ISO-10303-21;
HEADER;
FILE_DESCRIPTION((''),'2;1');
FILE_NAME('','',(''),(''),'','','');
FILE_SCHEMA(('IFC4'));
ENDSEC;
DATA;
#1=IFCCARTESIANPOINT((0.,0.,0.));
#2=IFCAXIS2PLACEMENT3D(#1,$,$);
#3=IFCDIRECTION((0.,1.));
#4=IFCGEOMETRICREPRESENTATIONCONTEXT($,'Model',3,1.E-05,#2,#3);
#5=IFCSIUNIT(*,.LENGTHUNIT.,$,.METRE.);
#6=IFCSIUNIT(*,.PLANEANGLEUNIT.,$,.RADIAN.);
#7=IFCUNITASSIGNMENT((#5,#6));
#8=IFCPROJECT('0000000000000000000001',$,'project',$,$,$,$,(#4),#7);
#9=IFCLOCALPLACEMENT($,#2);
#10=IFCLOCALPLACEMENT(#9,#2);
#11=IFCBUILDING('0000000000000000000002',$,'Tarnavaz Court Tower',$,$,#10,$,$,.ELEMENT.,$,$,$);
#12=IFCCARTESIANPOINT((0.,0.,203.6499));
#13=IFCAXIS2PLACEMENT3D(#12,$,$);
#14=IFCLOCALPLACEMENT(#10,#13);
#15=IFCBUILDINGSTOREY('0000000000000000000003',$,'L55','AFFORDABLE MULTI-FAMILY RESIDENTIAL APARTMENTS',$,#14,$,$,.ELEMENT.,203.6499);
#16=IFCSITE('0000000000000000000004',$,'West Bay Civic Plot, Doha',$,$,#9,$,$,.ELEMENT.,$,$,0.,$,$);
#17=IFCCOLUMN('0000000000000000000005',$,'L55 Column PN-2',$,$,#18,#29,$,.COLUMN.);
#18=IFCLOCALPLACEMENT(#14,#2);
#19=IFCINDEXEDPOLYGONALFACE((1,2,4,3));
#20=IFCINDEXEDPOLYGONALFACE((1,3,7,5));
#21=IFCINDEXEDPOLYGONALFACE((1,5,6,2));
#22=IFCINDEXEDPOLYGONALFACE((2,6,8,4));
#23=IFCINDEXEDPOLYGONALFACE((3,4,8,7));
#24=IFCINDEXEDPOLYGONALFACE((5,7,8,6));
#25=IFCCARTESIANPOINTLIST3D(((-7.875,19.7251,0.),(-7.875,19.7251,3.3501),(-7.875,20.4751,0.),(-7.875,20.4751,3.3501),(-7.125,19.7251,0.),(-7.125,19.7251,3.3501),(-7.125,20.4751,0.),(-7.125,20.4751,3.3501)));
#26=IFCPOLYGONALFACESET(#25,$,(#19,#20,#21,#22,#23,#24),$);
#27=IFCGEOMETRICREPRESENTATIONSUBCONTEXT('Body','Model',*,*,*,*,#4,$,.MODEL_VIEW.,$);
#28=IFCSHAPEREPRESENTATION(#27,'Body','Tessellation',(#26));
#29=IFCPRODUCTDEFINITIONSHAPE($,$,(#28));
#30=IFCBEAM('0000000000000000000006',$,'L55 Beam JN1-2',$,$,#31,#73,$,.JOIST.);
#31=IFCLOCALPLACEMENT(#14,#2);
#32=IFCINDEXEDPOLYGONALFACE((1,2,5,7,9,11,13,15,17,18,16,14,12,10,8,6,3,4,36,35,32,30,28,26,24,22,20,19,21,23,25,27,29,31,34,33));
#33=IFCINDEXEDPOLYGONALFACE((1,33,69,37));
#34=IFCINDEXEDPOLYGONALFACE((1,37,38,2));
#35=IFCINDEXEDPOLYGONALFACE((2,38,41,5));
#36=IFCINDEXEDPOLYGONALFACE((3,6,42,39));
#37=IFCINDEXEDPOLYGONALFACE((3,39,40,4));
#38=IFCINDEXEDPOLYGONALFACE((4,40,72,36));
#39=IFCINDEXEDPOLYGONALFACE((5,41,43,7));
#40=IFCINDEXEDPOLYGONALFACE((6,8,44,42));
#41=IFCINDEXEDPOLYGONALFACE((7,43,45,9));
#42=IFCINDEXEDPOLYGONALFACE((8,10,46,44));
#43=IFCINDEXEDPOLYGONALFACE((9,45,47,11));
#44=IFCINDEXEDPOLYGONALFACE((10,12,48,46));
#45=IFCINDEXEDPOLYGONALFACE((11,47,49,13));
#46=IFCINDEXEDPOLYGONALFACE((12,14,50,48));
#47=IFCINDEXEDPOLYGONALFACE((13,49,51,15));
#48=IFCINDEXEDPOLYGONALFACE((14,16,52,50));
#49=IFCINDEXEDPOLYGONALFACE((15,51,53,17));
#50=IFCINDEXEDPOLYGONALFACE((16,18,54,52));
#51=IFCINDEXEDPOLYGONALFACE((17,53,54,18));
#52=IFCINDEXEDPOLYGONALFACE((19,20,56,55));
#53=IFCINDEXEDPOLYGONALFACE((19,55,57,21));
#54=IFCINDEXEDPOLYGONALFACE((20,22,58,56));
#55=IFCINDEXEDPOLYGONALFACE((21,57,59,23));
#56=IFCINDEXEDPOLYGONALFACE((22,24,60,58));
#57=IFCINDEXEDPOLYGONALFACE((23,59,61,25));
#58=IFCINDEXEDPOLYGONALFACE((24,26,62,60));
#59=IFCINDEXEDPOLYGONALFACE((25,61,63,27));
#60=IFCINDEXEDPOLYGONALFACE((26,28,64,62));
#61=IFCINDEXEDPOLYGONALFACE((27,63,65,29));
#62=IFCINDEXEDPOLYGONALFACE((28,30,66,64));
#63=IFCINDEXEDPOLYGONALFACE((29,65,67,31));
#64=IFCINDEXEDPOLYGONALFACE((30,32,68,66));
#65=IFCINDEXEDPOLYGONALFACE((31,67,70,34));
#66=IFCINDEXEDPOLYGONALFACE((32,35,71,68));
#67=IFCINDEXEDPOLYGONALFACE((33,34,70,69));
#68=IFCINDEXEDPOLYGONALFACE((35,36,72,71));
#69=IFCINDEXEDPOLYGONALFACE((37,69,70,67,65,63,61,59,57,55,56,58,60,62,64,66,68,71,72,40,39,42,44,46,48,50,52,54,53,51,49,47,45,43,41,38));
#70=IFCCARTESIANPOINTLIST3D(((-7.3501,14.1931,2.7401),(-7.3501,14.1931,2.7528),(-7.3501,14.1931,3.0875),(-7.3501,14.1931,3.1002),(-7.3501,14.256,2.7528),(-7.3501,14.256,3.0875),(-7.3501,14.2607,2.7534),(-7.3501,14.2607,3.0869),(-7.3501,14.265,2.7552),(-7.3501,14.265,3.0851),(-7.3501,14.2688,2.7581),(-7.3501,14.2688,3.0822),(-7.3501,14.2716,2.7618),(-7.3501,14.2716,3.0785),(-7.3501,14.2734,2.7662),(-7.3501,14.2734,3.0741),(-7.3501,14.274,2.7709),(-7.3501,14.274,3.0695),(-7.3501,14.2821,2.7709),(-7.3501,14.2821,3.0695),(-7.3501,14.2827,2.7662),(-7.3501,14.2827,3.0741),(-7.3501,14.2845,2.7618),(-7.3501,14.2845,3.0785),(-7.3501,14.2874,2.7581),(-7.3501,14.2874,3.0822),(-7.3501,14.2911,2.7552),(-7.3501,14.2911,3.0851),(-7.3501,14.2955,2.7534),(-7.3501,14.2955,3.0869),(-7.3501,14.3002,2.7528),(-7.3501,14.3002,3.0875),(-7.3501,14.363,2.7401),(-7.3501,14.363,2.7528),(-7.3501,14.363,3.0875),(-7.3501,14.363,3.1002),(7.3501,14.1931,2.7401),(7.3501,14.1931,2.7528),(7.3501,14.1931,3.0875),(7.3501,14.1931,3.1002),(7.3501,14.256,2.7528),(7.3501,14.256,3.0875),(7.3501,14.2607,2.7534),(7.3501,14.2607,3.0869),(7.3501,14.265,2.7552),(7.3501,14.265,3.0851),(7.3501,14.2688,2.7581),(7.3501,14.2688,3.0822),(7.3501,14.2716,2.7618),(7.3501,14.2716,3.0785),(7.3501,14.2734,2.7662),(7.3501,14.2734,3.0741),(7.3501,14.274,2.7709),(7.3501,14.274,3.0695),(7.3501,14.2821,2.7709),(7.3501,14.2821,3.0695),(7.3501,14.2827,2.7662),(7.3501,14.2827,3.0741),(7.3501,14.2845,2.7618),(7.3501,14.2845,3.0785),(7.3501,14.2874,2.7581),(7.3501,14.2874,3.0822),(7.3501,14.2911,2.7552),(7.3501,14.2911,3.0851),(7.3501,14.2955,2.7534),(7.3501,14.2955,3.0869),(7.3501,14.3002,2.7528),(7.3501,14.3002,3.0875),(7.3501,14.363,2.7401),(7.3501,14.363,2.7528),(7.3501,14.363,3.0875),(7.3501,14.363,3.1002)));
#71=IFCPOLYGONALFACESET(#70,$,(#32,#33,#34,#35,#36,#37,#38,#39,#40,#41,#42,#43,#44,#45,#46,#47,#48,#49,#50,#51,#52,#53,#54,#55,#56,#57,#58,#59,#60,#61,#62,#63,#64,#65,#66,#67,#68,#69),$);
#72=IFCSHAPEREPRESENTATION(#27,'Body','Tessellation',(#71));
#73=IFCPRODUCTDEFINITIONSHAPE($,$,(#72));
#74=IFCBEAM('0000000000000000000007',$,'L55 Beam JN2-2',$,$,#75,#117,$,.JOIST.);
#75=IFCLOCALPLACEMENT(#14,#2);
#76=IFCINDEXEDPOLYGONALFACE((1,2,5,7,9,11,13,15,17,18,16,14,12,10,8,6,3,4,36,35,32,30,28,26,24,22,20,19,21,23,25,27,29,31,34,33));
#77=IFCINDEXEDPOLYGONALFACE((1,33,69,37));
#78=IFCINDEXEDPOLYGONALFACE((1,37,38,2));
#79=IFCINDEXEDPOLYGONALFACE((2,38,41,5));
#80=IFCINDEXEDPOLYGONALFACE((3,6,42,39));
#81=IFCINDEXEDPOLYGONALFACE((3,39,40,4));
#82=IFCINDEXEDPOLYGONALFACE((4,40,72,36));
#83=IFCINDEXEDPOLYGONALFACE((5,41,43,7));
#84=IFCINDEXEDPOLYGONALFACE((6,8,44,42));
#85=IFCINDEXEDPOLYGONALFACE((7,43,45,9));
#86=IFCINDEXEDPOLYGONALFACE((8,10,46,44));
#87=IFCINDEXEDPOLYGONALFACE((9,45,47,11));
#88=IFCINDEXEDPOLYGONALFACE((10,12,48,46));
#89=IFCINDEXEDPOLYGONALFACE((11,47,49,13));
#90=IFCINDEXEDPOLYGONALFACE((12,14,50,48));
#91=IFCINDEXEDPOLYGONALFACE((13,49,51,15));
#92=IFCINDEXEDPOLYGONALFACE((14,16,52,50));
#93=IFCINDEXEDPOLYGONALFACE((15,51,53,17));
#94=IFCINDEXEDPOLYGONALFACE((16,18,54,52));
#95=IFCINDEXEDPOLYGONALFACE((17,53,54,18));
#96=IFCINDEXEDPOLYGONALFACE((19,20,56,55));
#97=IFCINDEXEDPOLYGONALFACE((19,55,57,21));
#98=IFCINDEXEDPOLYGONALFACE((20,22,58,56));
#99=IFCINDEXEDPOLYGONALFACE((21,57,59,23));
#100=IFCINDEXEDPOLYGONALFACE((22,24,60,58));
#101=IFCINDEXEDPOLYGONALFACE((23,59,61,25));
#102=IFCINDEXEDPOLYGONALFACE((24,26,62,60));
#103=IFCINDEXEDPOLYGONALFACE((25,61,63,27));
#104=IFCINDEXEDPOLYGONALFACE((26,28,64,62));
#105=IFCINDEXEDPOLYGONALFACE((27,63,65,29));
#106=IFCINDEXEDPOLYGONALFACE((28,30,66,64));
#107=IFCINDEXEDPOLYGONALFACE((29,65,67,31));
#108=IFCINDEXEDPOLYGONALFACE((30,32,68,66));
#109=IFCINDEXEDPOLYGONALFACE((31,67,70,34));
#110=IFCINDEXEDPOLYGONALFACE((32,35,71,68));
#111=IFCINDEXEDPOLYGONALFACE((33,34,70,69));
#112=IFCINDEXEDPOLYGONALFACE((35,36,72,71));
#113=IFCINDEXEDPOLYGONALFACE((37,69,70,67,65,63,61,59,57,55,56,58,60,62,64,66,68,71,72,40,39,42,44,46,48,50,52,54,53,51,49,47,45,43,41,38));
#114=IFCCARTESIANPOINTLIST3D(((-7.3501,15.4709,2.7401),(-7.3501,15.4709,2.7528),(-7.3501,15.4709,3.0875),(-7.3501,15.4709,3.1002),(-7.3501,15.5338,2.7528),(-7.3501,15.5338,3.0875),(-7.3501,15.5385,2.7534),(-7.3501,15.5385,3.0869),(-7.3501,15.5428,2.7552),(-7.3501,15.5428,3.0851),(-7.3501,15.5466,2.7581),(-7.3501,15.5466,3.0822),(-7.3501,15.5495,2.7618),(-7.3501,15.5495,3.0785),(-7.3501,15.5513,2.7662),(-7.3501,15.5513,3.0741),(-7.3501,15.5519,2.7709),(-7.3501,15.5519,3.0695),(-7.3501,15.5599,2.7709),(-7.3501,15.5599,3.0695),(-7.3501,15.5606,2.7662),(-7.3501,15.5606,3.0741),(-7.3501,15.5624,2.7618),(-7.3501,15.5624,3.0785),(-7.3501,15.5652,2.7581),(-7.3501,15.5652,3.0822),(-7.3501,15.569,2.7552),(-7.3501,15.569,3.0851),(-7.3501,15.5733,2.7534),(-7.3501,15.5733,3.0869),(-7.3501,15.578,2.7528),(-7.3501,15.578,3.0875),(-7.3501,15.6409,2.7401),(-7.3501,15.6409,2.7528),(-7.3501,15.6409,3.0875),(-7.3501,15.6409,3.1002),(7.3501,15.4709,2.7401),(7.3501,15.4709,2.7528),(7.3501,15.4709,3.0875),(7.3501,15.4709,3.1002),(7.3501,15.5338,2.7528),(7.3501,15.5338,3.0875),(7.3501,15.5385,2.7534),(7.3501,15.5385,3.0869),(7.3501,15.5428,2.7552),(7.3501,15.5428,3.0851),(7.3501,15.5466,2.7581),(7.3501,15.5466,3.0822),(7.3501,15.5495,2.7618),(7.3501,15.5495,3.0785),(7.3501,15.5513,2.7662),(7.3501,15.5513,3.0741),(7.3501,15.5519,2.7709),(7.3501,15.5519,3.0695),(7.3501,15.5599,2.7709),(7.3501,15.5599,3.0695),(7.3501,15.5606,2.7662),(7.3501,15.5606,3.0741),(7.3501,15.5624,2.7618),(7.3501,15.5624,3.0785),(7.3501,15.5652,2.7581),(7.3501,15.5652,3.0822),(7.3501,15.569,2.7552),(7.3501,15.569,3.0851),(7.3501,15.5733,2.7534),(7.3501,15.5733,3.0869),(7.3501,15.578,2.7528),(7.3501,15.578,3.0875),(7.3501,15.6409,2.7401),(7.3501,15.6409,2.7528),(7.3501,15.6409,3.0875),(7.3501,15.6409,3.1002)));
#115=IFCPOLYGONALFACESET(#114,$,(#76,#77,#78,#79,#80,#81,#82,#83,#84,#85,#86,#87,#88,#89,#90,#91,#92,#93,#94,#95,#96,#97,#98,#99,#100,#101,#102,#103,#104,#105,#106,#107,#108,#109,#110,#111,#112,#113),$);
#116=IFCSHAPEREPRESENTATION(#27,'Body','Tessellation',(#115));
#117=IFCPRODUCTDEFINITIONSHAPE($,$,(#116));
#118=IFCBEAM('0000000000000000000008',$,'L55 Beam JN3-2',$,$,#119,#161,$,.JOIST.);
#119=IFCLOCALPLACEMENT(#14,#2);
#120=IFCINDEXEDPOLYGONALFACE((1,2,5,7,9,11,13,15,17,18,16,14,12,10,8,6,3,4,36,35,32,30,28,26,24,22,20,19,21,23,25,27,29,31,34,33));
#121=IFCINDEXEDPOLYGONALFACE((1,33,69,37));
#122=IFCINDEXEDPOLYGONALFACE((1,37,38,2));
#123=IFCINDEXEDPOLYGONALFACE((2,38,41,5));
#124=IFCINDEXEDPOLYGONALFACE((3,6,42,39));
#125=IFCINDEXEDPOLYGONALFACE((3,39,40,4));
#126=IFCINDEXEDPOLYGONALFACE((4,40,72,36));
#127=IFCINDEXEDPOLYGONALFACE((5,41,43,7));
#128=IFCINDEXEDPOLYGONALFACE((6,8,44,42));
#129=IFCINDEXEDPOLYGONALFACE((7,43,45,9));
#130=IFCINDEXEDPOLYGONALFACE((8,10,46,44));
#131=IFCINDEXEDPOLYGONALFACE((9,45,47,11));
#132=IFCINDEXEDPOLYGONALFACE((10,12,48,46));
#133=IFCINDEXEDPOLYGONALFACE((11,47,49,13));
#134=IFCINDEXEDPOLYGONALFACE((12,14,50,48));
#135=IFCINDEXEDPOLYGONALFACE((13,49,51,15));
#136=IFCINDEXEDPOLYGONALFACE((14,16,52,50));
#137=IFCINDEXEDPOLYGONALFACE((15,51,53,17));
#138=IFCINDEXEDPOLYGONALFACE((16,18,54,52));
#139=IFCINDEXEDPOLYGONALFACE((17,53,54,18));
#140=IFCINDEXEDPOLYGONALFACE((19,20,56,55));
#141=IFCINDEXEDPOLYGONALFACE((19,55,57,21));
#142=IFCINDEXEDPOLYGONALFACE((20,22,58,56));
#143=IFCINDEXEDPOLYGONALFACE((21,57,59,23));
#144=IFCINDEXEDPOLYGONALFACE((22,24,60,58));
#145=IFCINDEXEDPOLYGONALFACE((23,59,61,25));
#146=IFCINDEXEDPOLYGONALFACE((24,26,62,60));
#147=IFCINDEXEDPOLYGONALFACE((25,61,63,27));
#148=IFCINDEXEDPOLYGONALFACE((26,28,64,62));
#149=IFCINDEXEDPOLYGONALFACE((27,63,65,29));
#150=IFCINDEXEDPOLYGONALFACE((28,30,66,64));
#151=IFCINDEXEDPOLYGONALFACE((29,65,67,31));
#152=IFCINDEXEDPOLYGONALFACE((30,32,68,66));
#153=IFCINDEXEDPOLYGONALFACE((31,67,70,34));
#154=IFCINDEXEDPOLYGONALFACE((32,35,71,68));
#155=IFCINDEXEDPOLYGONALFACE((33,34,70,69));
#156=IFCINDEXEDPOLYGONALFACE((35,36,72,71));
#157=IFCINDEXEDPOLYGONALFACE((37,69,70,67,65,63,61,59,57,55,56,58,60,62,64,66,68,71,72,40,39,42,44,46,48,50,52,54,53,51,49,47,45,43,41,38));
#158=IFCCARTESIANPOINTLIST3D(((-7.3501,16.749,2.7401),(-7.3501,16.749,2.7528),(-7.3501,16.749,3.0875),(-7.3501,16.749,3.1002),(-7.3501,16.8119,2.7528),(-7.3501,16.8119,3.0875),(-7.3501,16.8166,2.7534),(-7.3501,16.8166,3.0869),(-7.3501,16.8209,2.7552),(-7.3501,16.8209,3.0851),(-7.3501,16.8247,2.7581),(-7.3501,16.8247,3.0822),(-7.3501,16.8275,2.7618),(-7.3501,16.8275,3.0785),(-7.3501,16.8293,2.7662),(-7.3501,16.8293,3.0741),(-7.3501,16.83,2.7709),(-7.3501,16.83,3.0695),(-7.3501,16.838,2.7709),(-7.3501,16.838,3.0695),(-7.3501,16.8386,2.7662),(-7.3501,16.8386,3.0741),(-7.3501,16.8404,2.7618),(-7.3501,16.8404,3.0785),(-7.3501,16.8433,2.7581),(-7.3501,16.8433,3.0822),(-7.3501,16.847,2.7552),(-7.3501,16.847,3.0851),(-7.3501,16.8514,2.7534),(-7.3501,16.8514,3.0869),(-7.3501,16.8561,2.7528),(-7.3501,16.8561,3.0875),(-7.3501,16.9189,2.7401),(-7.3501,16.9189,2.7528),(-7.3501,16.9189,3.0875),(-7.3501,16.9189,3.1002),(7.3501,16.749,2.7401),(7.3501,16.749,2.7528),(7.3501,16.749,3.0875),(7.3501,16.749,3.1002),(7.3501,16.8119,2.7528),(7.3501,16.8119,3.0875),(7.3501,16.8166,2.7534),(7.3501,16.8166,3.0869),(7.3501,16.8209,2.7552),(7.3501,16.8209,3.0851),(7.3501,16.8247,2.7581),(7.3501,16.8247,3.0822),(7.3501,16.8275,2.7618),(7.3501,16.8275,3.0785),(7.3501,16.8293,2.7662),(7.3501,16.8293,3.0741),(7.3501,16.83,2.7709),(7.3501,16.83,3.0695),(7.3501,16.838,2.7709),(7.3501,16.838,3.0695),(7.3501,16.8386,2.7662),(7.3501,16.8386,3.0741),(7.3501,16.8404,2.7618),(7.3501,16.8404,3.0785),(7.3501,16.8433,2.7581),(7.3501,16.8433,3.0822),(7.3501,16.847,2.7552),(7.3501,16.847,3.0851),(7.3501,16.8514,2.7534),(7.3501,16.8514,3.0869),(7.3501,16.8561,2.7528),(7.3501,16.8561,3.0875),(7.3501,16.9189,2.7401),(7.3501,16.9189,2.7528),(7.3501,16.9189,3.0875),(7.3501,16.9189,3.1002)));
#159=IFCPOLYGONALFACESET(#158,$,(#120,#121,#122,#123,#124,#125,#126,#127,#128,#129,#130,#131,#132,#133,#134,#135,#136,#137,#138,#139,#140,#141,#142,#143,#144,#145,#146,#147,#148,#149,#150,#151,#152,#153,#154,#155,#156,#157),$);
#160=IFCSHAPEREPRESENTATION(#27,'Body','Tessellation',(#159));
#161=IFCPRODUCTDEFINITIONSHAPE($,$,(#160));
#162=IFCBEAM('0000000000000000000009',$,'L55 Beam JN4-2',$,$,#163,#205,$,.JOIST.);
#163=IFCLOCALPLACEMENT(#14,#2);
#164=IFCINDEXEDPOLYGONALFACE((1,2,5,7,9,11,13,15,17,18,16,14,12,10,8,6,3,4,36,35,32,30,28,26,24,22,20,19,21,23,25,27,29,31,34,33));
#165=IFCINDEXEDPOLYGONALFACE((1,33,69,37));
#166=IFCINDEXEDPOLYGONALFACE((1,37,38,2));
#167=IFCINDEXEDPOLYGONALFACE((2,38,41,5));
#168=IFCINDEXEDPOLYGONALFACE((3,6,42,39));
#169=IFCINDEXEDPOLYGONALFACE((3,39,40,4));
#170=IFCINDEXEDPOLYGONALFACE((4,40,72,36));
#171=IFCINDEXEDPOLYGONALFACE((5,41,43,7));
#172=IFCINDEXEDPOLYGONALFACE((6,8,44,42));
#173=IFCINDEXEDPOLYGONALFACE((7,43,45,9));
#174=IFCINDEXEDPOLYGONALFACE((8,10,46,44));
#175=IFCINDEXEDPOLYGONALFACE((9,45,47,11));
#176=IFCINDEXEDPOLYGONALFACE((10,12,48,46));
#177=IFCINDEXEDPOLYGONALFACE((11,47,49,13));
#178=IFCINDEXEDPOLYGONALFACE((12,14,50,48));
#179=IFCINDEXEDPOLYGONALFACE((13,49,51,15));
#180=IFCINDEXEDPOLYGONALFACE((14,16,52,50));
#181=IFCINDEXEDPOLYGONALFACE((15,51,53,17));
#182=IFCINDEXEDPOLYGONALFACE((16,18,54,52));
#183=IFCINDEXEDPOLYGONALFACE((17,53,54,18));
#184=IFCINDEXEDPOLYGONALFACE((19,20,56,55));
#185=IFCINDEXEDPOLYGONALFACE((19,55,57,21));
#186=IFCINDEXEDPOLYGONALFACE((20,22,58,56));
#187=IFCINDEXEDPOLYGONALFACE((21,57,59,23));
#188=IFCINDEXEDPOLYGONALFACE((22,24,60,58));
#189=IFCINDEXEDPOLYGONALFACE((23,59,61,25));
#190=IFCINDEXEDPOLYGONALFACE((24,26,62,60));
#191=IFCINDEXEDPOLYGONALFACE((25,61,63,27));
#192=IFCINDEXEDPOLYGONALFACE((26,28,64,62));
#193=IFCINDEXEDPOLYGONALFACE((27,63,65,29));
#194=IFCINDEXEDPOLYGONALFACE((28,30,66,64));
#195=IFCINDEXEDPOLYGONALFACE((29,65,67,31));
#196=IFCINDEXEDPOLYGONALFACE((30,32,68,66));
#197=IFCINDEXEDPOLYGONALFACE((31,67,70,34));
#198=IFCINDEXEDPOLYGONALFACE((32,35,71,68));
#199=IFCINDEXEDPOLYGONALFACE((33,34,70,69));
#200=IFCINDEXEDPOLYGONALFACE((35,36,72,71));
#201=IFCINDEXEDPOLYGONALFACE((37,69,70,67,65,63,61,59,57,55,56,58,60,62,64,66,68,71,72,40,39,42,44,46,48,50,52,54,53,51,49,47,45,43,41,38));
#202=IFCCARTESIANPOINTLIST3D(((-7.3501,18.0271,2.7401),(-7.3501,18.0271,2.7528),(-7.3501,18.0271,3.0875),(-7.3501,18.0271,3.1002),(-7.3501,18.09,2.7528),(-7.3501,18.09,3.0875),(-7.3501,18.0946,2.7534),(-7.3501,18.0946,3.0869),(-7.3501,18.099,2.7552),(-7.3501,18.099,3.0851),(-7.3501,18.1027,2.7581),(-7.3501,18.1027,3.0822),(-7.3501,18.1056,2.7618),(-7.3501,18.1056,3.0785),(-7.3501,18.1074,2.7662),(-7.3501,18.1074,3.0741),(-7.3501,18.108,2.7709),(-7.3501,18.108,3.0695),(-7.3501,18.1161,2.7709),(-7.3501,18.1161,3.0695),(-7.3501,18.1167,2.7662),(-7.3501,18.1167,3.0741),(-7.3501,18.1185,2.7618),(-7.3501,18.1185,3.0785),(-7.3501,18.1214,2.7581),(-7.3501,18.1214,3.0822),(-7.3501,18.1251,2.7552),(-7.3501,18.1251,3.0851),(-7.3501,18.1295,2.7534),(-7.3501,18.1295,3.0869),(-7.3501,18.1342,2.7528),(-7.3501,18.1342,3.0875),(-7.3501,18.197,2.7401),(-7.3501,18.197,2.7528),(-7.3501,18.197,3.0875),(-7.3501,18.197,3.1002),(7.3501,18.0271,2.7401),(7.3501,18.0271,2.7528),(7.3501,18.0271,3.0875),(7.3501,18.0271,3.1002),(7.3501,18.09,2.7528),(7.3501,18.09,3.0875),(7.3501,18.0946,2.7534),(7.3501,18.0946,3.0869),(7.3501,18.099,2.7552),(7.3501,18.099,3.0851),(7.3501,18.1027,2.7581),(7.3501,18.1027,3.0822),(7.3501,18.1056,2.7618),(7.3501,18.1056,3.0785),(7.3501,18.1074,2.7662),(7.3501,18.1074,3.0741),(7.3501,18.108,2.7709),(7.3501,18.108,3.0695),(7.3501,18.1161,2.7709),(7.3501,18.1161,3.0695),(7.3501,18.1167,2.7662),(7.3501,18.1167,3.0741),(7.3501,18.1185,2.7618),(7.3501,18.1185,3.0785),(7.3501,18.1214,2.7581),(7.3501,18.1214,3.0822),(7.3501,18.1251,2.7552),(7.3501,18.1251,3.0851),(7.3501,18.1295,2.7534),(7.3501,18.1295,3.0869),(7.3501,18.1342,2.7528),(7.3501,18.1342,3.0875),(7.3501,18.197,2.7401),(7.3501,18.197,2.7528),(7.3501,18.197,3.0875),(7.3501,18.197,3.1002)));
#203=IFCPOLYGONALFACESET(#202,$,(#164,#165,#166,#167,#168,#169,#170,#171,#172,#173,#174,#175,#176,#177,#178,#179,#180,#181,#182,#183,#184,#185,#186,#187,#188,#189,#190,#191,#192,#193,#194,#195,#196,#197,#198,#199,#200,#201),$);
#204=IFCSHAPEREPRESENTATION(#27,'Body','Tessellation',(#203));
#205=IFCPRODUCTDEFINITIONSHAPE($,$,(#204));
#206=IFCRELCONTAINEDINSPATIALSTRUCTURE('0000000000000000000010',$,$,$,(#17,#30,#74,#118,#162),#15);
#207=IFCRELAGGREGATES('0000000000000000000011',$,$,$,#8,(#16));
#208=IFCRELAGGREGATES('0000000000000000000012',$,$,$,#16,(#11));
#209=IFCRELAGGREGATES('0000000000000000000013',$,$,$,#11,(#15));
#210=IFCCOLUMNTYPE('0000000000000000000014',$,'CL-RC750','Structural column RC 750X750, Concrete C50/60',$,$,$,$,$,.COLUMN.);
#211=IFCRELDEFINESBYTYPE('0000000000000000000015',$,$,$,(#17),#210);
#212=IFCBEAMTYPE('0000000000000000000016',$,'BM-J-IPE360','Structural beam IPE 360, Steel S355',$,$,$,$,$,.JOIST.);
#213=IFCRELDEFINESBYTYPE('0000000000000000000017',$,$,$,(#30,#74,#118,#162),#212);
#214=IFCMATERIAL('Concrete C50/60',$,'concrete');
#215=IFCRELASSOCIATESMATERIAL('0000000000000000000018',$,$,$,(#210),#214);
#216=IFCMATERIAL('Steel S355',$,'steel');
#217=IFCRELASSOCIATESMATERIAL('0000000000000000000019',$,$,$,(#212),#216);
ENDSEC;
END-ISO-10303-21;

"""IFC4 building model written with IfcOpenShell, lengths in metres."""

from ifc_helpers import new_model, si_unit, direction, frame, origin, origin_2d, place, context, subcontext, project, spatial, rectangle, i_section, extrude, material, material_profile, profile_set, type_object, element, save


model = new_model("IFC4")

# Units and contexts
model_context = context("Model", 3, precision=1e-05, world=origin(), true_north=direction((0.0, 1.0)))
body_context = subcontext(model_context, "Body", "Model", "MODEL_VIEW")
ifc_project = project(units=[si_unit("LENGTHUNIT", "METRE"), si_unit("PLANEANGLEUNIT", "RADIAN")], contexts=[model_context])

# Site, building, storey
site_placement = place(None, origin())
site = spatial("IfcSite", under=ifc_project, at=site_placement, Name="West Bay Civic Plot, Doha", CompositionType="ELEMENT", RefElevation=0.0)
building_placement = place(site_placement, origin())
building = spatial("IfcBuilding", under=site, at=building_placement, Name="Tarnavaz Court Tower", CompositionType="ELEMENT")
storey_placement = place(building_placement, frame((0.0, 0.0, 203.6499)))
storey = spatial("IfcBuildingStorey", under=building, at=storey_placement, Name="L55", Description="AFFORDABLE MULTI-FAMILY RESIDENTIAL APARTMENTS", CompositionType="ELEMENT", Elevation=203.6499)

# Column
ifc_material_1 = material(Name="Concrete C50/60", Category="concrete")
ifc_material_profile_1 = material_profile(ifc_material_1, rectangle(XDim=0.75, YDim=0.75, at=origin_2d()), Name="RC 750X750")
ifc_profile_set_1 = profile_set([ifc_material_profile_1], Name="Concrete C50/60")
column_type = type_object("IfcColumnType", Name="CL-RC750", Description="Structural column RC 750X750, Concrete C50/60", PredefinedType="COLUMN", material=ifc_profile_set_1)
column_placement = place(storey_placement, frame((-7.5, 20.1001, 0.0), z_axis=(0.0, 0.0, 1.0), x_axis=(1.0, 0.0, 0.0)))
element("IfcColumn", 1, at=column_placement, inside=storey, type_object=column_type, Name="L55 Column PN-2", PredefinedType="COLUMN", context=body_context, shape_type="SweptSolid", body=[
    extrude(rectangle(XDim=0.75, YDim=0.75, at=origin_2d()), origin(), (0.0, 0.0, 1.0), 3.3501),
])

# Beams
ifc_material_2 = material(Name="Steel S355", Category="steel")
ifc_material_profile_2 = material_profile(ifc_material_2, i_section(OverallWidth=0.1699, OverallDepth=0.3601, WebThickness=0.0081, FlangeThickness=0.0127, FilletRadius=0.0181, at=origin_2d()), Name="IPE 360")
ifc_profile_set_2 = profile_set([ifc_material_profile_2], Name="Steel S355")
beam_type_1 = type_object("IfcBeamType", Name="BM-J-IPE360", Description="Structural beam IPE 360, Steel S355", PredefinedType="JOIST", material=ifc_profile_set_2)
for number, where, z_axis, x_axis, name in (
    (2, (-7.3501, 14.2781, 2.9202), (1.0, 0.0, 0.0), (0.0, 1.0, 0.0), "L55 Beam JN1-2"),
    (3, (-7.3501, 15.5559, 2.9202), (1.0, 0.0, 0.0), (0.0, 1.0, 0.0), "L55 Beam JN2-2"),
    (4, (-7.3501, 16.834, 2.9202), (1.0, 0.0, 0.0), (0.0, 1.0, 0.0), "L55 Beam JN3-2"),
    (5, (-7.3501, 18.1121, 2.9202), (1.0, 0.0, 0.0), (0.0, 1.0, 0.0), "L55 Beam JN4-2"),
):
    element("IfcBeam", number, at=place(storey_placement, frame(where, z_axis=z_axis, x_axis=x_axis)), inside=storey, type_object=beam_type_1, Name=name, PredefinedType="JOIST", context=body_context, shape_type="SweptSolid", body=[
        extrude(i_section(OverallWidth=0.1699, OverallDepth=0.3601, WebThickness=0.0081, FlangeThickness=0.0127, FilletRadius=0.0181, at=origin_2d()), origin(), (0.0, 0.0, 1.0), 14.7002),
    ])

save(model, "model.ifc")
